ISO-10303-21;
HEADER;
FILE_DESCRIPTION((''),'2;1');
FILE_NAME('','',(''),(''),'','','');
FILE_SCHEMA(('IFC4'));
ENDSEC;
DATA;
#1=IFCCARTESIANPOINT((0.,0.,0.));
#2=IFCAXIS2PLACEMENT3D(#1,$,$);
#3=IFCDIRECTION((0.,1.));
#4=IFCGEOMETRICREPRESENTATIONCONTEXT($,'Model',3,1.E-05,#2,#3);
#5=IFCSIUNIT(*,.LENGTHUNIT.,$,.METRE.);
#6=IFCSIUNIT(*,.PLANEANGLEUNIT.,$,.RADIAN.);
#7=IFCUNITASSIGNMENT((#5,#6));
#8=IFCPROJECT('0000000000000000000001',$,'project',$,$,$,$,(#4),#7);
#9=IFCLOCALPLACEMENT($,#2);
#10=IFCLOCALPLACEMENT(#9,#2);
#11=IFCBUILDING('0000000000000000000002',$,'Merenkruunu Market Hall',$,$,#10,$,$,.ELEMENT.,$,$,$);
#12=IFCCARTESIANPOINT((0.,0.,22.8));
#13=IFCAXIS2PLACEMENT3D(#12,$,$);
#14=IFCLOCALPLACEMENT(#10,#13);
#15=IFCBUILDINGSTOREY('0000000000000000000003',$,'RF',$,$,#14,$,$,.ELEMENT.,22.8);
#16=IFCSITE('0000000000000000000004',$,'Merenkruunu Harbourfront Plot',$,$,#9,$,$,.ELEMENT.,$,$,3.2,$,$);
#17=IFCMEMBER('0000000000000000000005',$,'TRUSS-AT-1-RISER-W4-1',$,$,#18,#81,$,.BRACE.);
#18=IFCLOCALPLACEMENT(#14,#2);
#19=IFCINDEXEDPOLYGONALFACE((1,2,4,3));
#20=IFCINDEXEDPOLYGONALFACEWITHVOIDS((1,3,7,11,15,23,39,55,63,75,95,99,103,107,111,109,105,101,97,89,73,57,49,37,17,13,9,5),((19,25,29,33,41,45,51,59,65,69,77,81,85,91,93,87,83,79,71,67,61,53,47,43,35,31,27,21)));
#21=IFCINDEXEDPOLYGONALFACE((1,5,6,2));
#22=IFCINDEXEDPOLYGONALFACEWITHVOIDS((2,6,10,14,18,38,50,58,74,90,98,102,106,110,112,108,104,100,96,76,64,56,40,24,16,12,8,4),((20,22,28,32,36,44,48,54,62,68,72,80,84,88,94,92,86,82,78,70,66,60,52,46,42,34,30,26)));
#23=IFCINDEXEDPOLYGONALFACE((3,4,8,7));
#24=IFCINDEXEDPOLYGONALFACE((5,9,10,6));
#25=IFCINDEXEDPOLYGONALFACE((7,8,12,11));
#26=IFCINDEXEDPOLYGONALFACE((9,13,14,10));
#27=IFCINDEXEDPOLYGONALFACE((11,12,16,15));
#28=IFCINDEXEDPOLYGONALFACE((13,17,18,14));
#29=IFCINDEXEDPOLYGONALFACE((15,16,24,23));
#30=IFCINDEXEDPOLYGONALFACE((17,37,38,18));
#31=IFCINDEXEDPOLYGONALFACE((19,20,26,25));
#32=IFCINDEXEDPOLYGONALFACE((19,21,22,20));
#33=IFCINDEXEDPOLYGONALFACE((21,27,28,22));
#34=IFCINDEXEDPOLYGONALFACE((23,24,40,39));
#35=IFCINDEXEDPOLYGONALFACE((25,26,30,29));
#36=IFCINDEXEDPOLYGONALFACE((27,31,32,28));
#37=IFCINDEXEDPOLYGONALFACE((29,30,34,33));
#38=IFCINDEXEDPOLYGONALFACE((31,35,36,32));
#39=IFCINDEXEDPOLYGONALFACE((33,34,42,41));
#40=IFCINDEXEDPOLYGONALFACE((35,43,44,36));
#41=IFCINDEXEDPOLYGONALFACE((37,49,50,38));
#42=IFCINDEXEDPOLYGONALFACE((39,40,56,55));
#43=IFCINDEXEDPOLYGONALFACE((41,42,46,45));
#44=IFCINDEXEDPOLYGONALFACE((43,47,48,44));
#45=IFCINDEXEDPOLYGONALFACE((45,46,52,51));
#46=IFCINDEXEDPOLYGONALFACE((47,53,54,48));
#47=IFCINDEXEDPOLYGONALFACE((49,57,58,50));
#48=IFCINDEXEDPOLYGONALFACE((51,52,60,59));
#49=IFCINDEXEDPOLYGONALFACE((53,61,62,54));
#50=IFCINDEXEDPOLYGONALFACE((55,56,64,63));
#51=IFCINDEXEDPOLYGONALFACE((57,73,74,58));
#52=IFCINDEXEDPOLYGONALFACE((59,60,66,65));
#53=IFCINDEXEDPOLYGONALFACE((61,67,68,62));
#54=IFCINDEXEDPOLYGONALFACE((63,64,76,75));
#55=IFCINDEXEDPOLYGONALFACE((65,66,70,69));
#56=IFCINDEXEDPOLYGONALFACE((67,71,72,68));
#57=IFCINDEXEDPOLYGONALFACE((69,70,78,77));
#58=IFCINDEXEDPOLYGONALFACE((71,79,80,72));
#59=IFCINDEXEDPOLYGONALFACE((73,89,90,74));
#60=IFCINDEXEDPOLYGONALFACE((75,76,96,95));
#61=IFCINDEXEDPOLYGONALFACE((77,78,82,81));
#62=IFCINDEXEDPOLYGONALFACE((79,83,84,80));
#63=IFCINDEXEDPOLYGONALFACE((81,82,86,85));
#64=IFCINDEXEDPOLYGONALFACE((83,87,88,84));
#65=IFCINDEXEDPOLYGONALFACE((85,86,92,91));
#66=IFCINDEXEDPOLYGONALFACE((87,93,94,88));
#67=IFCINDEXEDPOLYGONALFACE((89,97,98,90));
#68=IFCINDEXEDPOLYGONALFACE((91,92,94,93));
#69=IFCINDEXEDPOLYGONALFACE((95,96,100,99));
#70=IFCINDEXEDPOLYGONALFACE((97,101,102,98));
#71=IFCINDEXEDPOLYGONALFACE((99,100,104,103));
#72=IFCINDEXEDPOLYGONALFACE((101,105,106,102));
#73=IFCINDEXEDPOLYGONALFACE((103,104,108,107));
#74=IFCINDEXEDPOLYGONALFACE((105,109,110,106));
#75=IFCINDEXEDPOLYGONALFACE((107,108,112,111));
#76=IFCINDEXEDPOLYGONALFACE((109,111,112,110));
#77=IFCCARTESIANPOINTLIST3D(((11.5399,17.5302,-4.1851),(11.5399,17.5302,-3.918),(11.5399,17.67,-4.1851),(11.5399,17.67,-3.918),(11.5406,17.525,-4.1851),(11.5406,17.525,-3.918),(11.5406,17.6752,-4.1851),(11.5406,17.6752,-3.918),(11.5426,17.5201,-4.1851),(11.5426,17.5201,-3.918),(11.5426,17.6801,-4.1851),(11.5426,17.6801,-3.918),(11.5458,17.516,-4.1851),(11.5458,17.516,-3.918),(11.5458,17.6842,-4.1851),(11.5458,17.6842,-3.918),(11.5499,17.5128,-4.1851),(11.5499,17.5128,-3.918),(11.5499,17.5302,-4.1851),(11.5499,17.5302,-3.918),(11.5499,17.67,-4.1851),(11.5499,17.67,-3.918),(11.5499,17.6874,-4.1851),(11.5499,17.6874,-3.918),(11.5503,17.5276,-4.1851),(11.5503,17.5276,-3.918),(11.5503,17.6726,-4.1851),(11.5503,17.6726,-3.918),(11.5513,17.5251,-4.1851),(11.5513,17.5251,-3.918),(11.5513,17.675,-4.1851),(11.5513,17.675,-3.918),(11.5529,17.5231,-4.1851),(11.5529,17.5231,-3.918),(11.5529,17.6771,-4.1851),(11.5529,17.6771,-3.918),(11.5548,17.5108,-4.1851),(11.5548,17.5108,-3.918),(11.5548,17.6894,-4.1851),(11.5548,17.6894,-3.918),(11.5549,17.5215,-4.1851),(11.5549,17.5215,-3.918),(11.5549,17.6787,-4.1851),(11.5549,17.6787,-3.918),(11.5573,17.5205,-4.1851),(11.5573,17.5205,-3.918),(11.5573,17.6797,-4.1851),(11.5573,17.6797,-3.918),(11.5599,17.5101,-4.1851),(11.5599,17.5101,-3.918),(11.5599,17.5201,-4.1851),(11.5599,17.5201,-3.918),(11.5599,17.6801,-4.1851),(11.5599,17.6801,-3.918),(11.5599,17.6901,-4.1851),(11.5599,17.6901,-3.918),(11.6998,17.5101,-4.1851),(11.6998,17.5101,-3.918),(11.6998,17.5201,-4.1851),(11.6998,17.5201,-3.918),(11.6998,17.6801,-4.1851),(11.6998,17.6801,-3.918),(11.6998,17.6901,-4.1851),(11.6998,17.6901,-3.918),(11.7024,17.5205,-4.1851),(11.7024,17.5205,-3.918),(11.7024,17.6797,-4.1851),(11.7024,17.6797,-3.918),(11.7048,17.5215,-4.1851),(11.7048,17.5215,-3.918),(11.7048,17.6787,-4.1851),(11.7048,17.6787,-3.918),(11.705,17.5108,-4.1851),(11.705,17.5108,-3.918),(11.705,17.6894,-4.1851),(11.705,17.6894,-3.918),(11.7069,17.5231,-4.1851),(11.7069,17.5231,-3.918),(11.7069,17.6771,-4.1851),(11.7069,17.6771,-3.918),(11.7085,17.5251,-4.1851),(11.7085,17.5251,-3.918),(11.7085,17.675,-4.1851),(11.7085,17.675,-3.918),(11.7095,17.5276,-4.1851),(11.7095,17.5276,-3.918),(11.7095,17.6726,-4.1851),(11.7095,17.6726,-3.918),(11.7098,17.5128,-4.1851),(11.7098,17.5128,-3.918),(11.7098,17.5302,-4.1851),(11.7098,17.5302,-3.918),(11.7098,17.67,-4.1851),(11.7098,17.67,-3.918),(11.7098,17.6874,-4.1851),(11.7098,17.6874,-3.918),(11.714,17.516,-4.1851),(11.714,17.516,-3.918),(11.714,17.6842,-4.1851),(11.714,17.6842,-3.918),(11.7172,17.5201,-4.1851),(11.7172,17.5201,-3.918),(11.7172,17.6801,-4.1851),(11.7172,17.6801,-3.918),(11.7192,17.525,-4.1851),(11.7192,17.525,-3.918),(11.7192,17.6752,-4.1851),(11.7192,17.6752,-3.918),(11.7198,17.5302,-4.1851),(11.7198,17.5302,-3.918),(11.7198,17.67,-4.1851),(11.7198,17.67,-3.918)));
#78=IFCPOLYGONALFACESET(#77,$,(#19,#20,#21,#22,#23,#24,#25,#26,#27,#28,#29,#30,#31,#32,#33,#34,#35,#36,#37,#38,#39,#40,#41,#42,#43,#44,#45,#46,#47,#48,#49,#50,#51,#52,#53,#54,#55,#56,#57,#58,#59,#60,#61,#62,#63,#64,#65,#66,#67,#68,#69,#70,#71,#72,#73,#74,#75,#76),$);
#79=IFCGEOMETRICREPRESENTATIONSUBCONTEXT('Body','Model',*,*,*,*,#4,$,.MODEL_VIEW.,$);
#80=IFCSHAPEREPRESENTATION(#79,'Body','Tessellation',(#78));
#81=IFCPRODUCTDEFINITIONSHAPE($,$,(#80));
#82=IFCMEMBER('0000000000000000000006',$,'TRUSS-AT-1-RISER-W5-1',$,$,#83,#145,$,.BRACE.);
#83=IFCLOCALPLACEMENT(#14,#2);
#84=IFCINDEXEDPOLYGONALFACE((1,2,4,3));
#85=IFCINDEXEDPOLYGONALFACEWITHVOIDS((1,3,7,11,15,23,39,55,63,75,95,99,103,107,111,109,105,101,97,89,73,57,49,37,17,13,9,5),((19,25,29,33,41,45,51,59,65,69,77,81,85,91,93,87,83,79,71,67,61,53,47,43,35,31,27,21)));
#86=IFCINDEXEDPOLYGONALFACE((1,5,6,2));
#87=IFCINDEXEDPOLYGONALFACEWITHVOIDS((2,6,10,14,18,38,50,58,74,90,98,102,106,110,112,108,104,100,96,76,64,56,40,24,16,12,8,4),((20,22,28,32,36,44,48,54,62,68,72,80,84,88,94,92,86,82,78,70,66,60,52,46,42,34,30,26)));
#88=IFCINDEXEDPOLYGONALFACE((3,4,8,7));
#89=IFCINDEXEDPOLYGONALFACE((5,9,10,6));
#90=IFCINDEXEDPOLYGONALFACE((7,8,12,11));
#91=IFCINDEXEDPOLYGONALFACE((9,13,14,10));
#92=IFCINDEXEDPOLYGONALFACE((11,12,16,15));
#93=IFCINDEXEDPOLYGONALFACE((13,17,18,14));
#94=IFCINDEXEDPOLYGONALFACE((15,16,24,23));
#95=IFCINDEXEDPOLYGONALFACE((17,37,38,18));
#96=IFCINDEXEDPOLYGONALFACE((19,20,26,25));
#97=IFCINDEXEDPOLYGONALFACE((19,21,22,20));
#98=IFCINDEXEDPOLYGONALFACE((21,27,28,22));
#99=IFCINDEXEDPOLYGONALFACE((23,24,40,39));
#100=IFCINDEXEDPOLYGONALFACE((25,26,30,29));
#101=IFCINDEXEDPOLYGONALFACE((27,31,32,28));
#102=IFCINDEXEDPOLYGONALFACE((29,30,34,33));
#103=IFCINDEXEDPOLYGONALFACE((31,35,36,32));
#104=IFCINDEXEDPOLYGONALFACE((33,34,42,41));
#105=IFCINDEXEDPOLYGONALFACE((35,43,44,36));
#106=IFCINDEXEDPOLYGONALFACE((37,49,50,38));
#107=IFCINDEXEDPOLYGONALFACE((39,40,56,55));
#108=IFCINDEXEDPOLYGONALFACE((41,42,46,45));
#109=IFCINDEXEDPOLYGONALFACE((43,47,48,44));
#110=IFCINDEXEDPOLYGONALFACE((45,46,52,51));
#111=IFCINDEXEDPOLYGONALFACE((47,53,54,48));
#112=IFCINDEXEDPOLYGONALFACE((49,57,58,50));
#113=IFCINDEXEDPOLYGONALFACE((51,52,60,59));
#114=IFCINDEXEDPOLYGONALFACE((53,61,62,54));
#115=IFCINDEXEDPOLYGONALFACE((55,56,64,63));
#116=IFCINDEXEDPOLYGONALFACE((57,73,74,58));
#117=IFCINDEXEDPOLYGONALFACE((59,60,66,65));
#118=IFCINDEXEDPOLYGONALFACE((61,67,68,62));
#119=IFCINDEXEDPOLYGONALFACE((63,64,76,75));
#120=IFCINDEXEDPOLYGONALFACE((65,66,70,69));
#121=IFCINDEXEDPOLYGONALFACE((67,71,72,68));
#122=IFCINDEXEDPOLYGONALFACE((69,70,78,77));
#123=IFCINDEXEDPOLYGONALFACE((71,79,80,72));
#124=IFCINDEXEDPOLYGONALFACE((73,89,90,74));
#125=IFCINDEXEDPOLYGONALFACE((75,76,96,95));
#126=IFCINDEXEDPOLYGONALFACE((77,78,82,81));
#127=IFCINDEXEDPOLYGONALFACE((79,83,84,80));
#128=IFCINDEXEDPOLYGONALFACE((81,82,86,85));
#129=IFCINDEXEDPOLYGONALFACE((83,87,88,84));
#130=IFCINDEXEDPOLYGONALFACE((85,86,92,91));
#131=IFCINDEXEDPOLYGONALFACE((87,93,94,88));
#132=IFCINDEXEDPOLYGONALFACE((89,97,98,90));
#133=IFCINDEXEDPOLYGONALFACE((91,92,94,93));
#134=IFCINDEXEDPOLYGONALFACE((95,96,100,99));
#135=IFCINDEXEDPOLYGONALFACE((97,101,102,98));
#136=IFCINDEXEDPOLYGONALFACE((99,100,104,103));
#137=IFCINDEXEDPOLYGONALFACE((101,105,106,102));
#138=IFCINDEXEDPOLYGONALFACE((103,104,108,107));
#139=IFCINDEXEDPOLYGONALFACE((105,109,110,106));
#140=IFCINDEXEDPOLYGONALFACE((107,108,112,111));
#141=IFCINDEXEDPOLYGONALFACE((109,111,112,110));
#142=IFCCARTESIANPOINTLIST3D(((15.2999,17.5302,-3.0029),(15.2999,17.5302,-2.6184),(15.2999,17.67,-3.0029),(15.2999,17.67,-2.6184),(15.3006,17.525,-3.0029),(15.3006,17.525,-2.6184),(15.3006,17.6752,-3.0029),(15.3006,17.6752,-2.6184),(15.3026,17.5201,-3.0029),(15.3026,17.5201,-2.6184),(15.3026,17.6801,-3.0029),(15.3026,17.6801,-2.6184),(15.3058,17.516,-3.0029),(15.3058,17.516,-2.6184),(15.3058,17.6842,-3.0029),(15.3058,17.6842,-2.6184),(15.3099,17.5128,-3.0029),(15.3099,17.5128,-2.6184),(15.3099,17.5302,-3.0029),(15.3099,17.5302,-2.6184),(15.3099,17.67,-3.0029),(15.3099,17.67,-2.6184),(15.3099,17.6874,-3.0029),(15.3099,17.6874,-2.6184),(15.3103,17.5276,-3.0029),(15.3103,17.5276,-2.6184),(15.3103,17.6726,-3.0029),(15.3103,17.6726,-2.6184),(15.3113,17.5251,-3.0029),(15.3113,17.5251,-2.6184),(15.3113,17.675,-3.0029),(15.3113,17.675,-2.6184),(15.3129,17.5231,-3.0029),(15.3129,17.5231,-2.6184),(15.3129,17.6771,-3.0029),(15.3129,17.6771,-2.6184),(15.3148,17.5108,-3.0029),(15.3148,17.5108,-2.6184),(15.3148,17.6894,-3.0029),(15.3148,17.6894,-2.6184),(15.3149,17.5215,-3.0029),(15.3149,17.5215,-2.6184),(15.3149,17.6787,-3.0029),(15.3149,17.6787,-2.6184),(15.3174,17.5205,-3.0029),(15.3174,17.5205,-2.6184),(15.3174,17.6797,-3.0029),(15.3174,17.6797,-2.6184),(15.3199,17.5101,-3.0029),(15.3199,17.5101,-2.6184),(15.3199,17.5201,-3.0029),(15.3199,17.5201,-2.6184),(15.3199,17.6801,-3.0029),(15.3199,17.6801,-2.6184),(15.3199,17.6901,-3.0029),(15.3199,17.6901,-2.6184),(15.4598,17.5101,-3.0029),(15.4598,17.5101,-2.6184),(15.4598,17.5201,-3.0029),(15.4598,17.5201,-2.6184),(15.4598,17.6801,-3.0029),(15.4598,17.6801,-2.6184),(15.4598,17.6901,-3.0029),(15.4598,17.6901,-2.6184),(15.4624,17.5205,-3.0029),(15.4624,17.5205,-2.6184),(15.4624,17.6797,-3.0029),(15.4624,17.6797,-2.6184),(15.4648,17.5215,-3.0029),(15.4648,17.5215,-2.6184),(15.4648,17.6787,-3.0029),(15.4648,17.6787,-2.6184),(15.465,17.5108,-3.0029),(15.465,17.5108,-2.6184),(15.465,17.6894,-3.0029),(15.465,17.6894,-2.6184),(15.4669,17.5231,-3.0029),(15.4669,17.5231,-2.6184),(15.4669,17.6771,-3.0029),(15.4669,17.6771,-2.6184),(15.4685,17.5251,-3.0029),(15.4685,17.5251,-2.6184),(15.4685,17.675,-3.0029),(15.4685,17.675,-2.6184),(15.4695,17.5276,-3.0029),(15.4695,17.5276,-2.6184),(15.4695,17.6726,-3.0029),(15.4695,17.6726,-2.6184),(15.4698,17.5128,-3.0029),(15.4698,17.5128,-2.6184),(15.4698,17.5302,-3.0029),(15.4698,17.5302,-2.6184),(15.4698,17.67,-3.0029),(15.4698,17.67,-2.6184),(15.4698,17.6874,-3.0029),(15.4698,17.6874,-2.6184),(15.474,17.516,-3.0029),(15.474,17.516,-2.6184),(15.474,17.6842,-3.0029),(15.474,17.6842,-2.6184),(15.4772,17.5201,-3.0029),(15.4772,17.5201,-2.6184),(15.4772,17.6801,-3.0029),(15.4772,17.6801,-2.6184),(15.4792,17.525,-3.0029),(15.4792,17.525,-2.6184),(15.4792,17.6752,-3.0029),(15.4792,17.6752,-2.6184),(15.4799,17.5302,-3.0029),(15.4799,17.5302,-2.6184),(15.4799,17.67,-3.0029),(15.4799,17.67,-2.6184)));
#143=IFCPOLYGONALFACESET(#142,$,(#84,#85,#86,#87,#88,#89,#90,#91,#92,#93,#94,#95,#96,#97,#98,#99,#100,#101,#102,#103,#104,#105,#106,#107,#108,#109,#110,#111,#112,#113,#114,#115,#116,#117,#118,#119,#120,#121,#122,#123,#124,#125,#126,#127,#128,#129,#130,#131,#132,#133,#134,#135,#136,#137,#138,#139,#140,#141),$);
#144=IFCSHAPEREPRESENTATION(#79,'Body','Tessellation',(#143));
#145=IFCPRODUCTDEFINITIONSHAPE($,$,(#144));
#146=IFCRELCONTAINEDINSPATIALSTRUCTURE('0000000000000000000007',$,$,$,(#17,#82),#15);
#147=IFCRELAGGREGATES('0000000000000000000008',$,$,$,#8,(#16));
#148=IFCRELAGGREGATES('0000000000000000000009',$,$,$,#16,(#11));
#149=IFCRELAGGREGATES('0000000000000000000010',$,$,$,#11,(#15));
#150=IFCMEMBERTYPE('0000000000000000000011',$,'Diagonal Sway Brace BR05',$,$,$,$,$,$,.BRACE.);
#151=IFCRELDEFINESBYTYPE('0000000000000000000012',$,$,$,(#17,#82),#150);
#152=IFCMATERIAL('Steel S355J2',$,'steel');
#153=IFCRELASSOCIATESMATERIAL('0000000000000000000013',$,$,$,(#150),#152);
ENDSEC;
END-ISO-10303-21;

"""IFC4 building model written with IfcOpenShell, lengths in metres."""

from ifc_helpers import new_model, si_unit, direction, frame, origin, origin_2d, place, context, subcontext, project, spatial, hollow_rectangle, extrude, material, material_profile, profile_set, type_object, element, save


model = new_model("IFC4")

# Units and contexts
model_context = context("Model", 3, precision=1e-05, world=origin(), true_north=direction((0.0, 1.0)))
body_context = subcontext(model_context, "Body", "Model", "MODEL_VIEW")
ifc_project = project(units=[si_unit("LENGTHUNIT", "METRE"), si_unit("PLANEANGLEUNIT", "RADIAN")], contexts=[model_context])

# Site, building, storey
site_placement = place(None, origin())
site = spatial("IfcSite", under=ifc_project, at=site_placement, Name="Merenkruunu Harbourfront Plot", CompositionType="ELEMENT", RefElevation=3.2)
building_placement = place(site_placement, origin())
building = spatial("IfcBuilding", under=site, at=building_placement, Name="Merenkruunu Market Hall", CompositionType="ELEMENT")
storey_placement = place(building_placement, frame((0.0, 0.0, 22.8)))
storey = spatial("IfcBuildingStorey", under=building, at=storey_placement, Name="RF", CompositionType="ELEMENT", Elevation=22.8)

# Members
ifc_material_1 = material(Name="Steel S355J2", Category="steel")
ifc_material_profile_1 = material_profile(ifc_material_1, hollow_rectangle(XDim=0.1799, YDim=0.1799, WallThickness=0.01, InnerFilletRadius=0.01, OuterFilletRadius=0.02, at=origin_2d()), Name="SHS 180x180x10")
ifc_profile_set_1 = profile_set([ifc_material_profile_1], Name="Steel S355J2")
member_type_1 = type_object("IfcMemberType", Name="Diagonal Sway Brace BR05", PredefinedType="BRACE", material=ifc_profile_set_1)
member_1_placement = place(storey_placement, frame((11.6299, 17.6001, -4.1851), z_axis=(0.0, 0.0, 1.0), x_axis=(1.0, 0.0, 0.0)))
element("IfcMember", 1, at=member_1_placement, inside=storey, type_object=member_type_1, Name="TRUSS-AT-1-RISER-W4-1", PredefinedType="BRACE", context=body_context, shape_type="SweptSolid", body=[
    extrude(hollow_rectangle(XDim=0.1799, YDim=0.1799, WallThickness=0.01, InnerFilletRadius=0.01, OuterFilletRadius=0.02, at=origin_2d()), origin(), (0.0, 0.0, 1.0), 0.2671),
])
member_2_placement = place(storey_placement, frame((15.3899, 17.6001, -3.0029), z_axis=(0.0, 0.0, 1.0), x_axis=(1.0, 0.0, 0.0)))
element("IfcMember", 2, at=member_2_placement, inside=storey, type_object=member_type_1, Name="TRUSS-AT-1-RISER-W5-1", PredefinedType="BRACE", context=body_context, shape_type="SweptSolid", body=[
    extrude(hollow_rectangle(XDim=0.1799, YDim=0.1799, WallThickness=0.01, InnerFilletRadius=0.01, OuterFilletRadius=0.02, at=origin_2d()), origin(), (0.0, 0.0, 1.0), 0.3845),
])

save(model, "model.ifc")
